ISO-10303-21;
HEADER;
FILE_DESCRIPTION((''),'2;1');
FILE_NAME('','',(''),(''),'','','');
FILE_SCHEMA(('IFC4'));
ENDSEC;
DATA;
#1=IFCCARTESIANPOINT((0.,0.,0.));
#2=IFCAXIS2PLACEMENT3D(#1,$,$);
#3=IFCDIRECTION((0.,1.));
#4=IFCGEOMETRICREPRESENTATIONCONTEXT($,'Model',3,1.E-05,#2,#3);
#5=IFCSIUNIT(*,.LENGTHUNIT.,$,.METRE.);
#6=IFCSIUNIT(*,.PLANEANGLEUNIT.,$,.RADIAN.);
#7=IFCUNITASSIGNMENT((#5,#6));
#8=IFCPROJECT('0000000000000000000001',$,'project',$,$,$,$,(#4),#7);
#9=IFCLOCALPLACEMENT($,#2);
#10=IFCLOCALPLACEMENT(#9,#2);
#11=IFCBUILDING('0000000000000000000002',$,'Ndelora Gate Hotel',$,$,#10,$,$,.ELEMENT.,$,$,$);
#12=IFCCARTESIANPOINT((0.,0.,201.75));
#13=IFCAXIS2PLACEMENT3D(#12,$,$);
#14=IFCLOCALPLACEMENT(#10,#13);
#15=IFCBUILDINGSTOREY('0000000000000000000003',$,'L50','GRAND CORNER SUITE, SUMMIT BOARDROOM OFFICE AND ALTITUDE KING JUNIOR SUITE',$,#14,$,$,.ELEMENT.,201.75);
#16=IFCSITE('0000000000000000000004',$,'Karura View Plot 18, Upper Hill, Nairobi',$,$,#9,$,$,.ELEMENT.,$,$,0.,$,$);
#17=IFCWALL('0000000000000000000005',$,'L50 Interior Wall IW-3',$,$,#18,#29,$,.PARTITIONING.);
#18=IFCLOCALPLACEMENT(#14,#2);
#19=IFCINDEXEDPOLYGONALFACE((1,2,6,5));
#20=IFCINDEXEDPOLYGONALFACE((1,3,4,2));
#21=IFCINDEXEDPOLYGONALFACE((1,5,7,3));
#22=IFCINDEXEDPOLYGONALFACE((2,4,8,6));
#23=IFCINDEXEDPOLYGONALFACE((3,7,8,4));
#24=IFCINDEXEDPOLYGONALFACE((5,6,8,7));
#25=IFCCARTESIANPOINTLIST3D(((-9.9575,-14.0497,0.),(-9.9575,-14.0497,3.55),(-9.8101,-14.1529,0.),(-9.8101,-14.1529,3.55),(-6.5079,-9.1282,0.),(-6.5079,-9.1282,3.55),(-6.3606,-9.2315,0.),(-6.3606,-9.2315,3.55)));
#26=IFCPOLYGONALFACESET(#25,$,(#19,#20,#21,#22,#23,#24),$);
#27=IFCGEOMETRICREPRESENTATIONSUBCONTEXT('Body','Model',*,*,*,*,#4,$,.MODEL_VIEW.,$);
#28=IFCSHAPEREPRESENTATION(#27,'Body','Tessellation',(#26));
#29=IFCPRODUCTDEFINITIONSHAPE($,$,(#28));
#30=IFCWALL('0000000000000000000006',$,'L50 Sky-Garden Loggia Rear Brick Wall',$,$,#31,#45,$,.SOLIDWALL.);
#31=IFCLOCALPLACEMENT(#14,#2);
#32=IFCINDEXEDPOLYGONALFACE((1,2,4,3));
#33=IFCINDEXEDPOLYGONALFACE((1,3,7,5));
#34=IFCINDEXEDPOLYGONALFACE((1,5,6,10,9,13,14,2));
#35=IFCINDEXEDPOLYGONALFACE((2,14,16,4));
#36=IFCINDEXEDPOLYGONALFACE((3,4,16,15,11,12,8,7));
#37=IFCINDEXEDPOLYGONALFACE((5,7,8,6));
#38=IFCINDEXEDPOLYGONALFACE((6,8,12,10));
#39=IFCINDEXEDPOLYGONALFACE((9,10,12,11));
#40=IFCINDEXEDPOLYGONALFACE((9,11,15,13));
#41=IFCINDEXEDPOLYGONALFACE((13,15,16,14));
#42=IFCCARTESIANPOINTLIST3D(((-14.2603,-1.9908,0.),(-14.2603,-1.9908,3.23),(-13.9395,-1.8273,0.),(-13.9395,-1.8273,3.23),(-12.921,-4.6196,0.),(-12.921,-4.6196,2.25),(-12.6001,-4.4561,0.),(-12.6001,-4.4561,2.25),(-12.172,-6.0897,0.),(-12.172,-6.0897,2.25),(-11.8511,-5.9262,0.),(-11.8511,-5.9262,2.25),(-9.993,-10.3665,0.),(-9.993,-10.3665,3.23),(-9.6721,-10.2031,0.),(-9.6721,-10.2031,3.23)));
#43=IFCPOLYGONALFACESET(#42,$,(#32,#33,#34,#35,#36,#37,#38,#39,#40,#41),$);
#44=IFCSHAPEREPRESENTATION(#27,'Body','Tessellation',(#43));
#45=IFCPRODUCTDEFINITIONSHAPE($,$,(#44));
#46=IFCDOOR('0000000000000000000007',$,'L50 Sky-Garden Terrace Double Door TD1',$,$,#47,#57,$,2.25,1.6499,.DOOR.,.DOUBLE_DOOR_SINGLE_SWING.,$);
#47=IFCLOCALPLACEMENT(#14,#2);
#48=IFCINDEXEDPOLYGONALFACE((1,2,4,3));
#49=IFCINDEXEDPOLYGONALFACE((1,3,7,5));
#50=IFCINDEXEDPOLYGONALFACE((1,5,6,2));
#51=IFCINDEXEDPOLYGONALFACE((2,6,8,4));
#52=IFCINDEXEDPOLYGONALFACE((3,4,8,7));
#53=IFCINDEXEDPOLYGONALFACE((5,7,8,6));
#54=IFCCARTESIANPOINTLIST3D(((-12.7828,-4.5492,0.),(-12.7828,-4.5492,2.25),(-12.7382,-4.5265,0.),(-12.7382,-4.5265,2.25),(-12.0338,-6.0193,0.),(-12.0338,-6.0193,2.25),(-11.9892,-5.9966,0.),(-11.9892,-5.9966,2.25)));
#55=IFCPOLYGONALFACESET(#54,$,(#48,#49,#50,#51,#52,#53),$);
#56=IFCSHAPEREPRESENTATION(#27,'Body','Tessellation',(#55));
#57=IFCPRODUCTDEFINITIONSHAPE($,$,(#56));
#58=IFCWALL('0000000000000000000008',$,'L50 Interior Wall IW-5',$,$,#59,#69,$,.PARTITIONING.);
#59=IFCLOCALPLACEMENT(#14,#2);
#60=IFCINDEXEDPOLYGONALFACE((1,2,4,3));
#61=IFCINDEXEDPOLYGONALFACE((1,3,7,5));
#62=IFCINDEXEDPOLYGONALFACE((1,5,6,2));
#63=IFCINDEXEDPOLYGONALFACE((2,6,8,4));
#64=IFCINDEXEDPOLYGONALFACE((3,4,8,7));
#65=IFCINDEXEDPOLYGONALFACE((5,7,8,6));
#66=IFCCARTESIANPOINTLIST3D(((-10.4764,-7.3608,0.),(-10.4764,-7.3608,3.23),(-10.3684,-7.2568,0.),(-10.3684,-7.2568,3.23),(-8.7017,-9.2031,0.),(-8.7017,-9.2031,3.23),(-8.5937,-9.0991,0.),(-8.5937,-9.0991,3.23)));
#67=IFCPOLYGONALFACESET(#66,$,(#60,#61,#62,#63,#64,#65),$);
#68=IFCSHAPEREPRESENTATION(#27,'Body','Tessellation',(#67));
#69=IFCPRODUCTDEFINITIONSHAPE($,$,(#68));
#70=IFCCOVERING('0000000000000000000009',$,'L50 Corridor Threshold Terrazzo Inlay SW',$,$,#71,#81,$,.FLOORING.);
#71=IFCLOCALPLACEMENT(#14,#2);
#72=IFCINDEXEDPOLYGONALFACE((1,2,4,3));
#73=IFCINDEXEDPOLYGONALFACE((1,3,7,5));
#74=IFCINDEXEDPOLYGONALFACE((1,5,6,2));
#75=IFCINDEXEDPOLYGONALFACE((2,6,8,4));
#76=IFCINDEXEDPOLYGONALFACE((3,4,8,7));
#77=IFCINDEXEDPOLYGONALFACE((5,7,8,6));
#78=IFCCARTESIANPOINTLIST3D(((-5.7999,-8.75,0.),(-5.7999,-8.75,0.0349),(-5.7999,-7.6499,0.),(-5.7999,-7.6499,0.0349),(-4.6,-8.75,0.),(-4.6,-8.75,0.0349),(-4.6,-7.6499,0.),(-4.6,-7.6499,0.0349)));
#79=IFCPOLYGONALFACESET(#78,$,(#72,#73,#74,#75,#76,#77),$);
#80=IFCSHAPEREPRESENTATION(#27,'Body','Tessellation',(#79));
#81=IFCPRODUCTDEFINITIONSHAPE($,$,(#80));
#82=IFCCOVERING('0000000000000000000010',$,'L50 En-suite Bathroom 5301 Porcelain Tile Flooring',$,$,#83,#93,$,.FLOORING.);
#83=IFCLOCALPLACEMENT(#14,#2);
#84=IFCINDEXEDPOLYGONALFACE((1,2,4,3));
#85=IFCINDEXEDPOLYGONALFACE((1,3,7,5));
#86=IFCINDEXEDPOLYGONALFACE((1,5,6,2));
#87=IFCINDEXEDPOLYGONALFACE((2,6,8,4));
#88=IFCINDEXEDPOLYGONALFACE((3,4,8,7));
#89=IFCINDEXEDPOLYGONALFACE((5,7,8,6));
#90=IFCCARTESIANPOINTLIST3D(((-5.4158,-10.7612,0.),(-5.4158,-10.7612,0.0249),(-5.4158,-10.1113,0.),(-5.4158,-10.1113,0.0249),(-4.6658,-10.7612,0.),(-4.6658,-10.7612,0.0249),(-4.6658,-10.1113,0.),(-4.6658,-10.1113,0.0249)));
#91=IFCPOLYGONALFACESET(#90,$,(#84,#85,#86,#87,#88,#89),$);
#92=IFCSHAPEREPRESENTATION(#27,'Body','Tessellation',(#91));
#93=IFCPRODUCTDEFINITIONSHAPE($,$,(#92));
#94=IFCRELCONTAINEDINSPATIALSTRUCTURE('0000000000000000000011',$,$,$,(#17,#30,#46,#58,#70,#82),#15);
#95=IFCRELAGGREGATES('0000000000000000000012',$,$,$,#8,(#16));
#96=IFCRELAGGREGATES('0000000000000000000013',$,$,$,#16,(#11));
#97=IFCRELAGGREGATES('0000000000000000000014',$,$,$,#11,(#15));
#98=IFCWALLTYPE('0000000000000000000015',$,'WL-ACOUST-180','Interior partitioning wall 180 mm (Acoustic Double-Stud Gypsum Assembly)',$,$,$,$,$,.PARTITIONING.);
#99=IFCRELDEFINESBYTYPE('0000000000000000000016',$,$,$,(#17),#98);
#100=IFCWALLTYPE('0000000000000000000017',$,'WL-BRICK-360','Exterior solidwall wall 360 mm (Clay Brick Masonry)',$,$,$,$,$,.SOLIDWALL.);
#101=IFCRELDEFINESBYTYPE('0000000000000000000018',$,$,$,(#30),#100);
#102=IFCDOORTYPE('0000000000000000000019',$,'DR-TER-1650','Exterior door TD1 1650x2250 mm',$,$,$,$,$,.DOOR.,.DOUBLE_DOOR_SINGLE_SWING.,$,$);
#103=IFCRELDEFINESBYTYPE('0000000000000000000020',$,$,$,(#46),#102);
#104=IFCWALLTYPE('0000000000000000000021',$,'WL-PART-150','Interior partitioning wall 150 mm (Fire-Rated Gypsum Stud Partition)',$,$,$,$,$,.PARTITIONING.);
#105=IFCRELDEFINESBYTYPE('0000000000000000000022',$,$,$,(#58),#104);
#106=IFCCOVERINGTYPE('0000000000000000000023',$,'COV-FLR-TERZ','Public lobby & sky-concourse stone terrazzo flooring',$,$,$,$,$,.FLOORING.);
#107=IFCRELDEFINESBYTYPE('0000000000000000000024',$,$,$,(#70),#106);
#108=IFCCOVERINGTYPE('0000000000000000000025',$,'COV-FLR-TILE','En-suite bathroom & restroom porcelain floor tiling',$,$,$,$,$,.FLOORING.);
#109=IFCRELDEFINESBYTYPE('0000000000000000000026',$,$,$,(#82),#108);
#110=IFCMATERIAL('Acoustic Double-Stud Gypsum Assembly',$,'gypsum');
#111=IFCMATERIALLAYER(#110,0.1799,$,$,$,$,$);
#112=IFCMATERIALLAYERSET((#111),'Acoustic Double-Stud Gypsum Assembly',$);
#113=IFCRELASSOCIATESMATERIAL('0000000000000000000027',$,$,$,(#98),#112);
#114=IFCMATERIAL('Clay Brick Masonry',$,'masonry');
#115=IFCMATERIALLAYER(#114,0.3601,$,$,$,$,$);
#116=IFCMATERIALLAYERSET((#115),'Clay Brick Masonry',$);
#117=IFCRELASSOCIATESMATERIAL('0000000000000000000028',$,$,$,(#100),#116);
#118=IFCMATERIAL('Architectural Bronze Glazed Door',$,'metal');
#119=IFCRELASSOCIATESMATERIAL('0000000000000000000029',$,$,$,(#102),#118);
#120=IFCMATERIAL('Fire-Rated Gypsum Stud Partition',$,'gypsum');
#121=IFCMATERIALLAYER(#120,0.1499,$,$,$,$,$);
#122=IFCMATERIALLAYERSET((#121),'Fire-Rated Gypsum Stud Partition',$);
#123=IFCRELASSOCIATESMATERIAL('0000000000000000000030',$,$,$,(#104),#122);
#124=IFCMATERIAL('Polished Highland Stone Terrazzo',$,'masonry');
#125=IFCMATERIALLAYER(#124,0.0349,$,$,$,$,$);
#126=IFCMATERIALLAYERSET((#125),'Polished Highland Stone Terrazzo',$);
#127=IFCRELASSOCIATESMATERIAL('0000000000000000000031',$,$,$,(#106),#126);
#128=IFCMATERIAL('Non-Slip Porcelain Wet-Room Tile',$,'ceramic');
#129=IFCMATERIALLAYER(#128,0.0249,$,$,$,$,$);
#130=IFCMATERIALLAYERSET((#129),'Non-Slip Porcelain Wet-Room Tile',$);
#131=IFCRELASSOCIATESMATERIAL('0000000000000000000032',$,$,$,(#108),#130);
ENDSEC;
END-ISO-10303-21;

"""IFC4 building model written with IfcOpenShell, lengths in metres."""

from ifc_helpers import new_model, si_unit, direction, frame, frame_2d, origin, origin_2d, place, context, subcontext, project, spatial, rectangle, extrude, material, layer, layer_set, type_object, element, fill, save


model = new_model("IFC4")

# Units and contexts
model_context = context("Model", 3, precision=1e-05, world=origin(), true_north=direction((0.0, 1.0)))
body_context = subcontext(model_context, "Body", "Model", "MODEL_VIEW")
ifc_project = project(units=[si_unit("LENGTHUNIT", "METRE"), si_unit("PLANEANGLEUNIT", "RADIAN")], contexts=[model_context])

# Site, building, storey
site_placement = place(None, origin())
site = spatial("IfcSite", under=ifc_project, at=site_placement, Name="Karura View Plot 18, Upper Hill, Nairobi", CompositionType="ELEMENT", RefElevation=0.0)
building_placement = place(site_placement, origin())
building = spatial("IfcBuilding", under=site, at=building_placement, Name="Ndelora Gate Hotel", CompositionType="ELEMENT")
storey_placement = place(building_placement, frame((0.0, 0.0, 201.75)))
storey = spatial("IfcBuildingStorey", under=building, at=storey_placement, Name="L50", Description="GRAND CORNER SUITE, SUMMIT BOARDROOM OFFICE AND ALTITUDE KING JUNIOR SUITE", CompositionType="ELEMENT", Elevation=201.75)

# Wall
ifc_material_1 = material(Name="Acoustic Double-Stud Gypsum Assembly", Category="gypsum")
ifc_layer_1 = layer(ifc_material_1, 0.1799)
ifc_layer_set_1 = layer_set([ifc_layer_1], Name="Acoustic Double-Stud Gypsum Assembly")
wall_type_1 = type_object("IfcWallType", Name="WL-ACOUST-180", Description="Interior partitioning wall 180 mm (Acoustic Double-Stud Gypsum Assembly)", PredefinedType="PARTITIONING", material=ifc_layer_set_1)
wall_1_placement = place(storey_placement, frame((-6.4343, -9.1799, 0.0), z_axis=(0.0, 0.0, 1.0), x_axis=(-0.573964, -0.818881, 0.0)))
element("IfcWall", 1, at=wall_1_placement, inside=storey, type_object=wall_type_1, Name="L50 Interior Wall IW-3", PredefinedType="PARTITIONING", context=body_context, shape_type="SweptSolid", body=[
    extrude(rectangle(XDim=6.01, YDim=0.1799, at=frame_2d((3.0049, 0.0))), origin(), (0.0, 0.0, 1.0), 3.55),
])

# Wall, opening, door
ifc_material_2 = material(Name="Clay Brick Masonry", Category="masonry")
ifc_layer_2 = layer(ifc_material_2, 0.3601)
ifc_layer_set_2 = layer_set([ifc_layer_2], Name="Clay Brick Masonry")
wall_type_2 = type_object("IfcWallType", Name="WL-BRICK-360", Description="Exterior solidwall wall 360 mm (Clay Brick Masonry)", PredefinedType="SOLIDWALL", material=ifc_layer_set_2)
wall_2_placement = place(storey_placement, frame((-9.8325, -10.2849, 0.0), z_axis=(0.0, 0.0, 1.0), x_axis=(-0.453964, 0.89102, 0.0)))
wall_2 = element("IfcWall", 2, at=wall_2_placement, inside=storey, type_object=wall_type_2, Name="L50 Sky-Garden Loggia Rear Brick Wall", PredefinedType="SOLIDWALL", context=body_context, shape_type="SweptSolid", body=[
    extrude(rectangle(XDim=9.4001, YDim=0.3601, at=frame_2d((4.7002, 0.0))), origin(), (0.0, 0.0, 1.0), 3.23),
])
opening_placement = place(wall_2_placement, frame((4.8, 0.0, 0.0)))
opening = element("IfcOpeningElement", 3, at=opening_placement, cuts=wall_2, PredefinedType="OPENING", context=body_context, shape_type="SweptSolid", body=[
    extrude(rectangle(XDim=1.6499, YDim=2.25, at=frame_2d((0.825, 1.125))), frame((0.0, 0.1899, 0.0), z_axis=(0.0, -1.0, 0.0), x_axis=(1.0, 0.0, 0.0)), (0.0, 0.0, 1.0), 0.3801),
])
ifc_material_3 = material(Name="Architectural Bronze Glazed Door", Category="metal")
door_type = type_object("IfcDoorType", Name="DR-TER-1650", Description="Exterior door TD1 1650x2250 mm", OperationType="DOUBLE_DOOR_SINGLE_SWING", PredefinedType="DOOR", material=ifc_material_3)
door_placement = place(opening_placement, origin())
door = element("IfcDoor", 4, at=door_placement, inside=storey, type_object=door_type, Name="L50 Sky-Garden Terrace Double Door TD1", OperationType="DOUBLE_DOOR_SINGLE_SWING", OverallHeight=2.25, OverallWidth=1.6499, PredefinedType="DOOR", context=body_context, shape_type="SweptSolid", body=[
    extrude(rectangle(XDim=1.6499, YDim=2.25, at=frame_2d((0.825, 1.125))), frame((0.0, 0.0249, 0.0), z_axis=(0.0, -1.0, 0.0), x_axis=(1.0, 0.0, 0.0)), (0.0, 0.0, 1.0), 0.05),
])
fill(opening, door)

# Wall
ifc_material_4 = material(Name="Fire-Rated Gypsum Stud Partition", Category="gypsum")
ifc_layer_3 = layer(ifc_material_4, 0.1499)
ifc_layer_set_3 = layer_set([ifc_layer_3], Name="Fire-Rated Gypsum Stud Partition")
wall_type_3 = type_object("IfcWallType", Name="WL-PART-150", Description="Interior partitioning wall 150 mm (Fire-Rated Gypsum Stud Partition)", PredefinedType="PARTITIONING", material=ifc_layer_set_3)
wall_3_placement = place(storey_placement, frame((-8.6477, -9.1511, 0.0), z_axis=(0.0, 0.0, 1.0), x_axis=(-0.693765, 0.720202, 0.0)))
element("IfcWall", 5, at=wall_3_placement, inside=storey, type_object=wall_type_3, Name="L50 Interior Wall IW-5", PredefinedType="PARTITIONING", context=body_context, shape_type="SweptSolid", body=[
    extrude(rectangle(XDim=2.5581, YDim=0.1499, at=frame_2d((1.2791, 0.0))), origin(), (0.0, 0.0, 1.0), 3.23),
])

# Coverings
ifc_material_5 = material(Name="Polished Highland Stone Terrazzo", Category="masonry")
ifc_layer_4 = layer(ifc_material_5, 0.0349)
ifc_layer_set_4 = layer_set([ifc_layer_4], Name="Polished Highland Stone Terrazzo")
covering_type_1 = type_object("IfcCoveringType", Name="COV-FLR-TERZ", Description="Public lobby & sky-concourse stone terrazzo flooring", PredefinedType="FLOORING", material=ifc_layer_set_4)
covering_1_placement = place(storey_placement, frame((-5.2, -8.2, 0.0), z_axis=(0.0, 0.0, 1.0), x_axis=(1.0, 0.0, 0.0)))
element("IfcCovering", 6, at=covering_1_placement, inside=storey, type_object=covering_type_1, Name="L50 Corridor Threshold Terrazzo Inlay SW", PredefinedType="FLOORING", context=body_context, shape_type="SweptSolid", body=[
    extrude(rectangle(XDim=1.2, YDim=1.1001, at=origin_2d()), origin(), (0.0, 0.0, 1.0), 0.0349),
])
ifc_material_6 = material(Name="Non-Slip Porcelain Wet-Room Tile", Category="ceramic")
ifc_layer_5 = layer(ifc_material_6, 0.0249)
ifc_layer_set_5 = layer_set([ifc_layer_5], Name="Non-Slip Porcelain Wet-Room Tile")
covering_type_2 = type_object("IfcCoveringType", Name="COV-FLR-TILE", Description="En-suite bathroom & restroom porcelain floor tiling", PredefinedType="FLOORING", material=ifc_layer_set_5)
covering_2_placement = place(storey_placement, frame((-5.0408, -10.4363, 0.0), z_axis=(0.0, 0.0, 1.0), x_axis=(1.0, 0.0, 0.0)))
element("IfcCovering", 7, at=covering_2_placement, inside=storey, type_object=covering_type_2, Name="L50 En-suite Bathroom 5301 Porcelain Tile Flooring", PredefinedType="FLOORING", context=body_context, shape_type="SweptSolid", body=[
    extrude(rectangle(XDim=0.75, YDim=0.6499, at=origin_2d()), origin(), (0.0, 0.0, 1.0), 0.0249),
])

save(model, "model.ifc")
